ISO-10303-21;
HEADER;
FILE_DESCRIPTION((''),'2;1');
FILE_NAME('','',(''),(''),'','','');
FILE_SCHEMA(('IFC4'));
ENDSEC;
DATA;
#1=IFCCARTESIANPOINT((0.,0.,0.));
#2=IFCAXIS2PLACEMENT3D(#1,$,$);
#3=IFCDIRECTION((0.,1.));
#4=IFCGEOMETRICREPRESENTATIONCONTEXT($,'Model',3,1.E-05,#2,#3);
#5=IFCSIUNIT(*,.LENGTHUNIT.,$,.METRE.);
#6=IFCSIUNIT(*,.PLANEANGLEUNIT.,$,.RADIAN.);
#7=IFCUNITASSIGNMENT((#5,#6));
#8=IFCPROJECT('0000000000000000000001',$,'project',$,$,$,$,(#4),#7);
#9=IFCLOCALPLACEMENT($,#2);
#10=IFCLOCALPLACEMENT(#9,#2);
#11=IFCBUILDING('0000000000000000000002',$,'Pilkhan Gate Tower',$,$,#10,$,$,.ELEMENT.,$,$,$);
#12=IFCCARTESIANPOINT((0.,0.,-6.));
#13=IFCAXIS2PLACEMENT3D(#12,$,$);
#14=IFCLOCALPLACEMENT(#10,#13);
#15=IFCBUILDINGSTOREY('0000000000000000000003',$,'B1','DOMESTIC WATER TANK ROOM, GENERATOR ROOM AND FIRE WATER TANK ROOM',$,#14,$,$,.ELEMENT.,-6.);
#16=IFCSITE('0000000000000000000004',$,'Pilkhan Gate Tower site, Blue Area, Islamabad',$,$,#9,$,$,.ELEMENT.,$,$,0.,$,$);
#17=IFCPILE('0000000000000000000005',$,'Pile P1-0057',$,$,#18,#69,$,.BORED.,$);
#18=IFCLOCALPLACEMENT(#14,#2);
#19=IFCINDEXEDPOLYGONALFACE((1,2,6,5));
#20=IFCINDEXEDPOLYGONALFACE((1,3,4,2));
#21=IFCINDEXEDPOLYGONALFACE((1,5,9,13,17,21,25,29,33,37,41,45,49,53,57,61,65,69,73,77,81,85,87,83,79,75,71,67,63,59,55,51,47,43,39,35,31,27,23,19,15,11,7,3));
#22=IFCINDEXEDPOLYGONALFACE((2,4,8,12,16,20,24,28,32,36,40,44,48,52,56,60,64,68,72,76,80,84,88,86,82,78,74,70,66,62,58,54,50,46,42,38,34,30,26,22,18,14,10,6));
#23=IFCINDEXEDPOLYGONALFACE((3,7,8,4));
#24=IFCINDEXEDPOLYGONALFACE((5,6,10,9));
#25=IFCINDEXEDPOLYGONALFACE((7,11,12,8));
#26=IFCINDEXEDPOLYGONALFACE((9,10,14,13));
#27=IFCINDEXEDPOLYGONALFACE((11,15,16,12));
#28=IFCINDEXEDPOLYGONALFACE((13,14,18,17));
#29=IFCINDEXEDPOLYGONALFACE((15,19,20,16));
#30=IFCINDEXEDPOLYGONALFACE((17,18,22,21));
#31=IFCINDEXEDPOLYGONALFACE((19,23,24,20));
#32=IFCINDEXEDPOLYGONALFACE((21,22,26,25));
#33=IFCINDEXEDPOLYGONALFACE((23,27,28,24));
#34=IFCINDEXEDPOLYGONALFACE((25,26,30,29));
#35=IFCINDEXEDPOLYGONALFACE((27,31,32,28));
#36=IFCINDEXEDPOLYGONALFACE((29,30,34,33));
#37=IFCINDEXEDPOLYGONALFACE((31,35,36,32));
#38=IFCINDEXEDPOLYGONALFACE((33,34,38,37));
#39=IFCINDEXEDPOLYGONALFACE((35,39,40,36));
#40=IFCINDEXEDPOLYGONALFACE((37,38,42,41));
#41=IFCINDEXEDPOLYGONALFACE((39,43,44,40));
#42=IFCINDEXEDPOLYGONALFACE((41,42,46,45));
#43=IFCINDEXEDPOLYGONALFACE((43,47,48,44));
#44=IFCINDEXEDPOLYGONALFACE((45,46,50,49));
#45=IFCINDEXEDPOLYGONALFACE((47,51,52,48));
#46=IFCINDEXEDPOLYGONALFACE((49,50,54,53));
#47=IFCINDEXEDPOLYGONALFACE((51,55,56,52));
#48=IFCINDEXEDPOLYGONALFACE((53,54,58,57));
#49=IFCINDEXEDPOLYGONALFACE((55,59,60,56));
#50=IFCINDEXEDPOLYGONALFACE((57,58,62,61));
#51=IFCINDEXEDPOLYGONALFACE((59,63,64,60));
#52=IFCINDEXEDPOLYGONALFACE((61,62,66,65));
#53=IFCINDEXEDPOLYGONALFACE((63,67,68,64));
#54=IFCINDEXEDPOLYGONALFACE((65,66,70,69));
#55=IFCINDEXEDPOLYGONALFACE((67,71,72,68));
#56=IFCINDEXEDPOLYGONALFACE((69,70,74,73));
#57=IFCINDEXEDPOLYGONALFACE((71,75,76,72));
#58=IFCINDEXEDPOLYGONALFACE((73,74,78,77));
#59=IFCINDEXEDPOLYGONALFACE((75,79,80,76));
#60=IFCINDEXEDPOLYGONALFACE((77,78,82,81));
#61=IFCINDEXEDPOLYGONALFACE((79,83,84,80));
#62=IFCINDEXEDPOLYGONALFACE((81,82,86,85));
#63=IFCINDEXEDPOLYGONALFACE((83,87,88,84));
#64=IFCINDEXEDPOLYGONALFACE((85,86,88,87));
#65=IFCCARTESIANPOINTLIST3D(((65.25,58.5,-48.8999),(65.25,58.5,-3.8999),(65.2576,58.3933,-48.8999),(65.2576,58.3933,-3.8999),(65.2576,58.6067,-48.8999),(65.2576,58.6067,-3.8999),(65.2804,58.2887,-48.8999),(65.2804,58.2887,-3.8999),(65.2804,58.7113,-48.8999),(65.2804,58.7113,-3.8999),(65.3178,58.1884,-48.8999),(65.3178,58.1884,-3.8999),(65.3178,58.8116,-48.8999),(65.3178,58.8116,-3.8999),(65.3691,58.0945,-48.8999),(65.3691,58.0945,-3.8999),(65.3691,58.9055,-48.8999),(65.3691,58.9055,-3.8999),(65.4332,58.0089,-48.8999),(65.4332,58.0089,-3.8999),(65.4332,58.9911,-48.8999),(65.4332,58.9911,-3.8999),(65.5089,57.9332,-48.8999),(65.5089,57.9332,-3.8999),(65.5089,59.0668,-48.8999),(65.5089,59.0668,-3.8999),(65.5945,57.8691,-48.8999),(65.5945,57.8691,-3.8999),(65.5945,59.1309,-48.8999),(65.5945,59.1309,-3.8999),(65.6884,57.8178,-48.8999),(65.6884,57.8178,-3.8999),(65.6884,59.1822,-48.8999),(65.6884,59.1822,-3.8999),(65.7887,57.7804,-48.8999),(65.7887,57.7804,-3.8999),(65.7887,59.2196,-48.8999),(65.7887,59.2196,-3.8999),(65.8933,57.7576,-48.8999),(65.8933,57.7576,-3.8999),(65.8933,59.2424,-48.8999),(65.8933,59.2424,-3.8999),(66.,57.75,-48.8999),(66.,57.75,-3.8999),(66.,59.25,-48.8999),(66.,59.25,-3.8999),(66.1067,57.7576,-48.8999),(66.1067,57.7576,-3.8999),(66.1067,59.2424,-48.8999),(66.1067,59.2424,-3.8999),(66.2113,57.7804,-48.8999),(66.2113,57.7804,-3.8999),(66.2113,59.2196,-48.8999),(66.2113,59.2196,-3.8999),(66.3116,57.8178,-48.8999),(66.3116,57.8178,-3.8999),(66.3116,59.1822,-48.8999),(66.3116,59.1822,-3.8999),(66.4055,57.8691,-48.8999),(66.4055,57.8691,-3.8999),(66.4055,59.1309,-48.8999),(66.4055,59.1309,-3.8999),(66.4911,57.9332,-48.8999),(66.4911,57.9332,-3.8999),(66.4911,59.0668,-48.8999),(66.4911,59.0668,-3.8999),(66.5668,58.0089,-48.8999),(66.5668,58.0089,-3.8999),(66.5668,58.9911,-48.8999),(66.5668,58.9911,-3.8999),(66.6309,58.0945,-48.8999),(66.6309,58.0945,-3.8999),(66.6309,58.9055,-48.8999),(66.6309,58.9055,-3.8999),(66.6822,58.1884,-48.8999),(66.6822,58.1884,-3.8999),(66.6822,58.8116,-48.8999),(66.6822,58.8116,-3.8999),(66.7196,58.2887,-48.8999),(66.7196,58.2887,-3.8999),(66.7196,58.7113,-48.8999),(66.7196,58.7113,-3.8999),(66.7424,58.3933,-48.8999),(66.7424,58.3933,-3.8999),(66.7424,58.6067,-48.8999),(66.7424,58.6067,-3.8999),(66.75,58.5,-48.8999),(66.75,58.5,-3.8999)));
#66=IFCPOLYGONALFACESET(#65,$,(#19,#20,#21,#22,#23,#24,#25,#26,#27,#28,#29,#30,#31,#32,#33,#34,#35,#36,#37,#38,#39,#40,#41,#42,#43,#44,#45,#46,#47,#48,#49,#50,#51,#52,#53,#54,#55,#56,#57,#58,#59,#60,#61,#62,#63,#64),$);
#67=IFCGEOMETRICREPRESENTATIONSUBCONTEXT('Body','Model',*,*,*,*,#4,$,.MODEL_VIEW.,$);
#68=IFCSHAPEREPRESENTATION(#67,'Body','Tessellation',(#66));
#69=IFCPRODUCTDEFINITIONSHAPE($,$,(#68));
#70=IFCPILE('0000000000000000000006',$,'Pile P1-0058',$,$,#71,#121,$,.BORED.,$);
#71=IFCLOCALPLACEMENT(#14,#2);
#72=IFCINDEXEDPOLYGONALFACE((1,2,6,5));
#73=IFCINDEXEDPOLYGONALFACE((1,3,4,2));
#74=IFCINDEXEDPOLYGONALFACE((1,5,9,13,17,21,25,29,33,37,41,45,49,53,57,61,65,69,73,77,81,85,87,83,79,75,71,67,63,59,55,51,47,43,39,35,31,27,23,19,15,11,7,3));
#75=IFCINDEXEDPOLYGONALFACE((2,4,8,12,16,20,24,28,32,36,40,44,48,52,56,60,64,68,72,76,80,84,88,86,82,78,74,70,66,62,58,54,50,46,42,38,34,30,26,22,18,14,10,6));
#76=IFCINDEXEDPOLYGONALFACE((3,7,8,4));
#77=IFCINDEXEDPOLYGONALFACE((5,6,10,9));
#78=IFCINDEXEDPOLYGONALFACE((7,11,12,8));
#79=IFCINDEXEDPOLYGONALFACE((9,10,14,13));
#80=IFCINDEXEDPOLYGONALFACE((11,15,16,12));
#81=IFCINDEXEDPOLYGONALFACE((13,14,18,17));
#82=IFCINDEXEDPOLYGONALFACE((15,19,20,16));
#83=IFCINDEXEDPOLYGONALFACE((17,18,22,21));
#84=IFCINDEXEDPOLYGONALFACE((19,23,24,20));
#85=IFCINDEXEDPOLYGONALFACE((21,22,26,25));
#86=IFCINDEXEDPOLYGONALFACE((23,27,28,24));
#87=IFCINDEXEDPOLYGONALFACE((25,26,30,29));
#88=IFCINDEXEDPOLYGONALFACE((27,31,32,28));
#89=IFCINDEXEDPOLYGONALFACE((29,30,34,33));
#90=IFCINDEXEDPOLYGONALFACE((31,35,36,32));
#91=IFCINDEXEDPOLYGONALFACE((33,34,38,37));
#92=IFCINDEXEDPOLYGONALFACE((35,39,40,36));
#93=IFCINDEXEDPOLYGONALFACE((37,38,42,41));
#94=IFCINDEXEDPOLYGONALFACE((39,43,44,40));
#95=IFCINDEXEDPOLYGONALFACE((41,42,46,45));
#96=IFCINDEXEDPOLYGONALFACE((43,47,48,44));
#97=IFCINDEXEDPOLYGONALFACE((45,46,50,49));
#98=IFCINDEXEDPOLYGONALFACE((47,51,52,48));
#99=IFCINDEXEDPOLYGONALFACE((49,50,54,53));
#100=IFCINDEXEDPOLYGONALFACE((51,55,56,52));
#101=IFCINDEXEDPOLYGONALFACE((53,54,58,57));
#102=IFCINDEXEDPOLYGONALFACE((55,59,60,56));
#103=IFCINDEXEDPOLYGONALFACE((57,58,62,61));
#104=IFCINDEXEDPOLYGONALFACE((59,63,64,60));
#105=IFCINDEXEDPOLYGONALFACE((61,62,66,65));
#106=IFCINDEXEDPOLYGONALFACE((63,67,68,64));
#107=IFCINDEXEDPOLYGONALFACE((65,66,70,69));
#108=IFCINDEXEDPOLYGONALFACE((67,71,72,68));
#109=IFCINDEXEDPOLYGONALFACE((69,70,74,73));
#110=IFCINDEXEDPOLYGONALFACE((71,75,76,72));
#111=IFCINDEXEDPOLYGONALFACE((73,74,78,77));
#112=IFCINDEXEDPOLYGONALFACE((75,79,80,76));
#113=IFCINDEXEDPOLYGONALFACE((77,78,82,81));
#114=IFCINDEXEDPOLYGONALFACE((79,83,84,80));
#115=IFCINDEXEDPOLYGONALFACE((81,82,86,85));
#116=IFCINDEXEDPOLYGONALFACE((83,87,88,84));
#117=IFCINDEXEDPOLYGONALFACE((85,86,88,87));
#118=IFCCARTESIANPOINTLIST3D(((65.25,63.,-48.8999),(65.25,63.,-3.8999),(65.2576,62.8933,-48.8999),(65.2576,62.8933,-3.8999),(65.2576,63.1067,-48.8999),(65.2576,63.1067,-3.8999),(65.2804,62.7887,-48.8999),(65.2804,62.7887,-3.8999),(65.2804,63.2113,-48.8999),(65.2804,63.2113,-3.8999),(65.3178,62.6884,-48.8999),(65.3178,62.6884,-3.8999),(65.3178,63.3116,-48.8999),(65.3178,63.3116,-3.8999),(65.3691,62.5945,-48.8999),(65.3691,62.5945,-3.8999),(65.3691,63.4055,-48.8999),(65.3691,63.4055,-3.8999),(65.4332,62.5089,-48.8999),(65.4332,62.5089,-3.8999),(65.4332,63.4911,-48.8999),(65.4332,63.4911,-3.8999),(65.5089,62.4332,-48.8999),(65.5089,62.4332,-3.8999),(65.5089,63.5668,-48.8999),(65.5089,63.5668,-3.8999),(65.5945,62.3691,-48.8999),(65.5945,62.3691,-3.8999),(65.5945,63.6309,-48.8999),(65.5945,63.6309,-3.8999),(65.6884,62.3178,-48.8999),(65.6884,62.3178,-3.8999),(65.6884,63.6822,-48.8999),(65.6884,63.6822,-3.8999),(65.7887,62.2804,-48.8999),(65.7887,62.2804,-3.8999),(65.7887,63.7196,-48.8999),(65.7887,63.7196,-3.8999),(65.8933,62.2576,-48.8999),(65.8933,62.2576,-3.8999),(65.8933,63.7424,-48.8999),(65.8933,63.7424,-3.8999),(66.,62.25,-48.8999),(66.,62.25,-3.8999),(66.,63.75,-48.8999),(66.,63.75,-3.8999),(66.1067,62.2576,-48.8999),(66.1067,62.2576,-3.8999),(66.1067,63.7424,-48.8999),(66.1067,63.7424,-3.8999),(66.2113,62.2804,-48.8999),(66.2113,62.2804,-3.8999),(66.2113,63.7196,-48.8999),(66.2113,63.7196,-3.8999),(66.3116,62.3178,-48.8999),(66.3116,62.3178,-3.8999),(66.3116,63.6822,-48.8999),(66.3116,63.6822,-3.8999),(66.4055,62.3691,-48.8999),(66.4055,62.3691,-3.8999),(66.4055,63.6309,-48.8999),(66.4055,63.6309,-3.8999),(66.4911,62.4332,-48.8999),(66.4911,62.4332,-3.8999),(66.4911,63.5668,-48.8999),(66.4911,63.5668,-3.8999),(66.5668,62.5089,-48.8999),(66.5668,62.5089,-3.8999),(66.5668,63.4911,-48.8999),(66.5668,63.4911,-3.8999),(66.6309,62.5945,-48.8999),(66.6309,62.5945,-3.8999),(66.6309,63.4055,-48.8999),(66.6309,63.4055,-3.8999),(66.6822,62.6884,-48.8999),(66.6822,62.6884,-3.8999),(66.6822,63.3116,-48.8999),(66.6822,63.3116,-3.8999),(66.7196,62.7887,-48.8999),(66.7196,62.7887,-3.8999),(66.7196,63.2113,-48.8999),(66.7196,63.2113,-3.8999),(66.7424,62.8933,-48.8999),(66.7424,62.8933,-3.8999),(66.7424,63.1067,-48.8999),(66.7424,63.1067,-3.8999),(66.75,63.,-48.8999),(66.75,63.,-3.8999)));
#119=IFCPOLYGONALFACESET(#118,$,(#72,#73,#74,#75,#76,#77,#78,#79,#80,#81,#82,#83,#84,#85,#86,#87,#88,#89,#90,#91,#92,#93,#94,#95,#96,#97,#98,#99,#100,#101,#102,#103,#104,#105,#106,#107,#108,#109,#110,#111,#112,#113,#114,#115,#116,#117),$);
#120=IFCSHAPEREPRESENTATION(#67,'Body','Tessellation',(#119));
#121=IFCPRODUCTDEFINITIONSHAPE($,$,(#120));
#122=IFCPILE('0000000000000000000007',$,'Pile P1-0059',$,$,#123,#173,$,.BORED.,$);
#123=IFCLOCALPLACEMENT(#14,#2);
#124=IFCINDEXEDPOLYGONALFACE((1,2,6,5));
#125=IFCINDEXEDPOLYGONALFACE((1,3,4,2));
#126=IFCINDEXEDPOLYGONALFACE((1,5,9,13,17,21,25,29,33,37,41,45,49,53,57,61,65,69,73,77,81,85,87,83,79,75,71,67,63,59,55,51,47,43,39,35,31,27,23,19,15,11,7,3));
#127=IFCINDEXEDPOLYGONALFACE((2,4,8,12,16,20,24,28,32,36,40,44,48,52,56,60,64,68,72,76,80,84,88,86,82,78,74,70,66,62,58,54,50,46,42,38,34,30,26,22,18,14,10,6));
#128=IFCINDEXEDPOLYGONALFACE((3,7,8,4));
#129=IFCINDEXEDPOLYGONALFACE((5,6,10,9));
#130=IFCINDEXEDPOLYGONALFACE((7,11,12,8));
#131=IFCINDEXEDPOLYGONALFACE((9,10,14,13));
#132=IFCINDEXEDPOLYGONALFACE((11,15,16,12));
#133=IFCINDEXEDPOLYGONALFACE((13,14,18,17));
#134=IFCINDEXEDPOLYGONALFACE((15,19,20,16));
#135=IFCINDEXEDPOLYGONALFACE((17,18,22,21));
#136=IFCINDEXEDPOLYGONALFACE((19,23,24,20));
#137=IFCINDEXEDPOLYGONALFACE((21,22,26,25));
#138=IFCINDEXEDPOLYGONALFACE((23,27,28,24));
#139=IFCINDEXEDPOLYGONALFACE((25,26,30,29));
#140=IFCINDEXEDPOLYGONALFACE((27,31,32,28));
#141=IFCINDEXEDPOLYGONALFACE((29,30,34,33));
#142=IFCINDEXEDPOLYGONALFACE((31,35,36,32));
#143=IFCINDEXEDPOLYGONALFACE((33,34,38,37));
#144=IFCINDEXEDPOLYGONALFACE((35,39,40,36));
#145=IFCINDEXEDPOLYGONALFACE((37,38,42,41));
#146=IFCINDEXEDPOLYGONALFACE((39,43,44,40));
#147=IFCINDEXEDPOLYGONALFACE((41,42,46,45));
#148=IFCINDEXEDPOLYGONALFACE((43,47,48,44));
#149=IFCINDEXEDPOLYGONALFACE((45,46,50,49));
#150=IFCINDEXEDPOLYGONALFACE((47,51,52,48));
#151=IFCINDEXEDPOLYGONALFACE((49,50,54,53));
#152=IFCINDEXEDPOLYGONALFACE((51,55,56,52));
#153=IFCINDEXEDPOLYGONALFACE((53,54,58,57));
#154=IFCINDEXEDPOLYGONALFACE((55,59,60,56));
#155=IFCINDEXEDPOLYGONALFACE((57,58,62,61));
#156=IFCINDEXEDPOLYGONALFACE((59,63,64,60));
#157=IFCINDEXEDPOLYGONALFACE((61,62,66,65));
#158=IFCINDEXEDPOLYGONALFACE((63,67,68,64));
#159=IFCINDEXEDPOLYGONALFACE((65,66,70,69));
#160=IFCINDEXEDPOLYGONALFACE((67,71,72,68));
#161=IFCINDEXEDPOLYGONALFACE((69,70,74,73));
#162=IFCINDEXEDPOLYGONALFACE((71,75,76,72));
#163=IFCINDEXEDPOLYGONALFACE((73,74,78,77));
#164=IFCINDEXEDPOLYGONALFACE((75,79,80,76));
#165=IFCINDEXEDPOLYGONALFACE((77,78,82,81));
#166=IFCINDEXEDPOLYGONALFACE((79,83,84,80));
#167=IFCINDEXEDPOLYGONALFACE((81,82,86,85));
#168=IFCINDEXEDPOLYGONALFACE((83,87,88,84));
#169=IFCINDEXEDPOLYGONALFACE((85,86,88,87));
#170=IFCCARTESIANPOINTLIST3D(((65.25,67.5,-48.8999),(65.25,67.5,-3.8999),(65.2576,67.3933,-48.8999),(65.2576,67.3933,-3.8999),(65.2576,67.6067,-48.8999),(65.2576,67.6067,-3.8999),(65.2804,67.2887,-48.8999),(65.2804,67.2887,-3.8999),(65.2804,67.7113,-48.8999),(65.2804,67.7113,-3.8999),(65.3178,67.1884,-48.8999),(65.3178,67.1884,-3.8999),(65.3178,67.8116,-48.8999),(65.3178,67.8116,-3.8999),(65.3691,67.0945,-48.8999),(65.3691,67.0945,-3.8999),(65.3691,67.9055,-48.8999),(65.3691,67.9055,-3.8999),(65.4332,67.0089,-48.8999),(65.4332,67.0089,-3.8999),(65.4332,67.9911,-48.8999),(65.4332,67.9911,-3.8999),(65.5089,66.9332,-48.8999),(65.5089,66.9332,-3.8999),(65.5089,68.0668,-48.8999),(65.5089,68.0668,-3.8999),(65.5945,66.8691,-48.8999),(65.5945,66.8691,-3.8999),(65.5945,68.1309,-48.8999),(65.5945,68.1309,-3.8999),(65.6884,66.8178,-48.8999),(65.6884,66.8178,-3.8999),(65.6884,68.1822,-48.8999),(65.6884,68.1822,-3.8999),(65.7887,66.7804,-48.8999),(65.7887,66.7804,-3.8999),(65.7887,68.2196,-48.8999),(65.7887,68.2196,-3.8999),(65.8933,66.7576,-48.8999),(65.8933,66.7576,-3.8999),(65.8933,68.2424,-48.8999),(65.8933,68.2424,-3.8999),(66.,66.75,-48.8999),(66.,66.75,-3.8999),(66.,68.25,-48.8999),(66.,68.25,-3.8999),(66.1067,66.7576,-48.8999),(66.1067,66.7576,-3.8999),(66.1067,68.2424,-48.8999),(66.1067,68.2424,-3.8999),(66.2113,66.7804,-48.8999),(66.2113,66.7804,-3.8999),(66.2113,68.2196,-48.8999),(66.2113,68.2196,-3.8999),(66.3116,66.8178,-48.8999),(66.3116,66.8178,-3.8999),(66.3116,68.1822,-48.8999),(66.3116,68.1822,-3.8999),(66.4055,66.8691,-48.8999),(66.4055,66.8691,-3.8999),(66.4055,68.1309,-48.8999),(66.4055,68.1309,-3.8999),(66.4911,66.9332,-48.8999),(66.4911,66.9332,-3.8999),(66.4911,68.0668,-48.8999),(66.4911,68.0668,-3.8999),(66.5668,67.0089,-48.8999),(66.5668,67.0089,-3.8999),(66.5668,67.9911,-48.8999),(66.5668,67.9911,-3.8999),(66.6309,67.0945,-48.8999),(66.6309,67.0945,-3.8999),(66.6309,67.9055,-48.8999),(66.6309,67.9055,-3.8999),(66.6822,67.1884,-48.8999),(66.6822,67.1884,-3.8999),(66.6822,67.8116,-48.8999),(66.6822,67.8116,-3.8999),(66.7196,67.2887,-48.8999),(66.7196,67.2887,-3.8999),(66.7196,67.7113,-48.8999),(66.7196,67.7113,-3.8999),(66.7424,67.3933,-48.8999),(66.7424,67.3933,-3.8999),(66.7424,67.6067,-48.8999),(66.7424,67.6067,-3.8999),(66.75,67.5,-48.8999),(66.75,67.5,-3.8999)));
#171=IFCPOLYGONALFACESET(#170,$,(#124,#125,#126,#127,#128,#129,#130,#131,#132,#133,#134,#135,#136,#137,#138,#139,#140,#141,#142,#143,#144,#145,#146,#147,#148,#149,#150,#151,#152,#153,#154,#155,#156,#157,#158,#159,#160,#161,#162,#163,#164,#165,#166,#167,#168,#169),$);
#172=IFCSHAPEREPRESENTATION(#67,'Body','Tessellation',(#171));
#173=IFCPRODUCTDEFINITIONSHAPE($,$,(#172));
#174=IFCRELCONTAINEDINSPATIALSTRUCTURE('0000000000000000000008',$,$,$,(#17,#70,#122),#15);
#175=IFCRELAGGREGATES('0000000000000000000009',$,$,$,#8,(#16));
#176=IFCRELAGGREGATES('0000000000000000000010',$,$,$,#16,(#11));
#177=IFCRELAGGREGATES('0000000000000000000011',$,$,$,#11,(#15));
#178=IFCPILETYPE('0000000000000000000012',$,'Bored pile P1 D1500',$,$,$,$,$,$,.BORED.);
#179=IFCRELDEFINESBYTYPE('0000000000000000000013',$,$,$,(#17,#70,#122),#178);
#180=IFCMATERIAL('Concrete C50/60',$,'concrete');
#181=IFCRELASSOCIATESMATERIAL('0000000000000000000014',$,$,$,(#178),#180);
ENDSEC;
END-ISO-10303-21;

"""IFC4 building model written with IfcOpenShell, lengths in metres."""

from ifc_helpers import new_model, si_unit, direction, frame, origin, origin_2d, place, context, subcontext, project, spatial, circle, extrude, material, material_profile, profile_set, type_object, element, save


model = new_model("IFC4")

# Units and contexts
model_context = context("Model", 3, precision=1e-05, world=origin(), true_north=direction((0.0, 1.0)))
body_context = subcontext(model_context, "Body", "Model", "MODEL_VIEW")
ifc_project = project(units=[si_unit("LENGTHUNIT", "METRE"), si_unit("PLANEANGLEUNIT", "RADIAN")], contexts=[model_context])

# Site, building, storey
site_placement = place(None, origin())
site = spatial("IfcSite", under=ifc_project, at=site_placement, Name="Pilkhan Gate Tower site, Blue Area, Islamabad", CompositionType="ELEMENT", RefElevation=0.0)
building_placement = place(site_placement, origin())
building = spatial("IfcBuilding", under=site, at=building_placement, Name="Pilkhan Gate Tower", CompositionType="ELEMENT")
storey_placement = place(building_placement, frame((0.0, 0.0, -6.0)))
storey = spatial("IfcBuildingStorey", under=building, at=storey_placement, Name="B1", Description="DOMESTIC WATER TANK ROOM, GENERATOR ROOM AND FIRE WATER TANK ROOM", CompositionType="ELEMENT", Elevation=-6.0)

# Piles
ifc_material_1 = material(Name="Concrete C50/60", Category="concrete")
ifc_material_profile_1 = material_profile(ifc_material_1, circle(Radius=0.75, at=origin_2d()), Name="Bored pile 1500 dia")
ifc_profile_set_1 = profile_set([ifc_material_profile_1], Name="Concrete C50/60")
pile_type = type_object("IfcPileType", Name="Bored pile P1 D1500", PredefinedType="BORED", material=ifc_profile_set_1)
for number, where, z_axis, x_axis, name in (
    (1, (66.0, 58.5, -3.8999), (0.0, 0.0, -1.0), (1.0, 0.0, 0.0), "Pile P1-0057"),
    (2, (66.0, 63.0, -3.8999), (0.0, 0.0, -1.0), (1.0, 0.0, 0.0), "Pile P1-0058"),
    (3, (66.0, 67.5, -3.8999), (0.0, 0.0, -1.0), (1.0, 0.0, 0.0), "Pile P1-0059"),
):
    element("IfcPile", number, at=place(storey_placement, frame(where, z_axis=z_axis, x_axis=x_axis)), inside=storey, type_object=pile_type, Name=name, PredefinedType="BORED", context=body_context, shape_type="SweptSolid", body=[
        extrude(circle(Radius=0.75, at=origin_2d()), origin(), (0.0, 0.0, 1.0), 45.0),
    ])

save(model, "model.ifc")
